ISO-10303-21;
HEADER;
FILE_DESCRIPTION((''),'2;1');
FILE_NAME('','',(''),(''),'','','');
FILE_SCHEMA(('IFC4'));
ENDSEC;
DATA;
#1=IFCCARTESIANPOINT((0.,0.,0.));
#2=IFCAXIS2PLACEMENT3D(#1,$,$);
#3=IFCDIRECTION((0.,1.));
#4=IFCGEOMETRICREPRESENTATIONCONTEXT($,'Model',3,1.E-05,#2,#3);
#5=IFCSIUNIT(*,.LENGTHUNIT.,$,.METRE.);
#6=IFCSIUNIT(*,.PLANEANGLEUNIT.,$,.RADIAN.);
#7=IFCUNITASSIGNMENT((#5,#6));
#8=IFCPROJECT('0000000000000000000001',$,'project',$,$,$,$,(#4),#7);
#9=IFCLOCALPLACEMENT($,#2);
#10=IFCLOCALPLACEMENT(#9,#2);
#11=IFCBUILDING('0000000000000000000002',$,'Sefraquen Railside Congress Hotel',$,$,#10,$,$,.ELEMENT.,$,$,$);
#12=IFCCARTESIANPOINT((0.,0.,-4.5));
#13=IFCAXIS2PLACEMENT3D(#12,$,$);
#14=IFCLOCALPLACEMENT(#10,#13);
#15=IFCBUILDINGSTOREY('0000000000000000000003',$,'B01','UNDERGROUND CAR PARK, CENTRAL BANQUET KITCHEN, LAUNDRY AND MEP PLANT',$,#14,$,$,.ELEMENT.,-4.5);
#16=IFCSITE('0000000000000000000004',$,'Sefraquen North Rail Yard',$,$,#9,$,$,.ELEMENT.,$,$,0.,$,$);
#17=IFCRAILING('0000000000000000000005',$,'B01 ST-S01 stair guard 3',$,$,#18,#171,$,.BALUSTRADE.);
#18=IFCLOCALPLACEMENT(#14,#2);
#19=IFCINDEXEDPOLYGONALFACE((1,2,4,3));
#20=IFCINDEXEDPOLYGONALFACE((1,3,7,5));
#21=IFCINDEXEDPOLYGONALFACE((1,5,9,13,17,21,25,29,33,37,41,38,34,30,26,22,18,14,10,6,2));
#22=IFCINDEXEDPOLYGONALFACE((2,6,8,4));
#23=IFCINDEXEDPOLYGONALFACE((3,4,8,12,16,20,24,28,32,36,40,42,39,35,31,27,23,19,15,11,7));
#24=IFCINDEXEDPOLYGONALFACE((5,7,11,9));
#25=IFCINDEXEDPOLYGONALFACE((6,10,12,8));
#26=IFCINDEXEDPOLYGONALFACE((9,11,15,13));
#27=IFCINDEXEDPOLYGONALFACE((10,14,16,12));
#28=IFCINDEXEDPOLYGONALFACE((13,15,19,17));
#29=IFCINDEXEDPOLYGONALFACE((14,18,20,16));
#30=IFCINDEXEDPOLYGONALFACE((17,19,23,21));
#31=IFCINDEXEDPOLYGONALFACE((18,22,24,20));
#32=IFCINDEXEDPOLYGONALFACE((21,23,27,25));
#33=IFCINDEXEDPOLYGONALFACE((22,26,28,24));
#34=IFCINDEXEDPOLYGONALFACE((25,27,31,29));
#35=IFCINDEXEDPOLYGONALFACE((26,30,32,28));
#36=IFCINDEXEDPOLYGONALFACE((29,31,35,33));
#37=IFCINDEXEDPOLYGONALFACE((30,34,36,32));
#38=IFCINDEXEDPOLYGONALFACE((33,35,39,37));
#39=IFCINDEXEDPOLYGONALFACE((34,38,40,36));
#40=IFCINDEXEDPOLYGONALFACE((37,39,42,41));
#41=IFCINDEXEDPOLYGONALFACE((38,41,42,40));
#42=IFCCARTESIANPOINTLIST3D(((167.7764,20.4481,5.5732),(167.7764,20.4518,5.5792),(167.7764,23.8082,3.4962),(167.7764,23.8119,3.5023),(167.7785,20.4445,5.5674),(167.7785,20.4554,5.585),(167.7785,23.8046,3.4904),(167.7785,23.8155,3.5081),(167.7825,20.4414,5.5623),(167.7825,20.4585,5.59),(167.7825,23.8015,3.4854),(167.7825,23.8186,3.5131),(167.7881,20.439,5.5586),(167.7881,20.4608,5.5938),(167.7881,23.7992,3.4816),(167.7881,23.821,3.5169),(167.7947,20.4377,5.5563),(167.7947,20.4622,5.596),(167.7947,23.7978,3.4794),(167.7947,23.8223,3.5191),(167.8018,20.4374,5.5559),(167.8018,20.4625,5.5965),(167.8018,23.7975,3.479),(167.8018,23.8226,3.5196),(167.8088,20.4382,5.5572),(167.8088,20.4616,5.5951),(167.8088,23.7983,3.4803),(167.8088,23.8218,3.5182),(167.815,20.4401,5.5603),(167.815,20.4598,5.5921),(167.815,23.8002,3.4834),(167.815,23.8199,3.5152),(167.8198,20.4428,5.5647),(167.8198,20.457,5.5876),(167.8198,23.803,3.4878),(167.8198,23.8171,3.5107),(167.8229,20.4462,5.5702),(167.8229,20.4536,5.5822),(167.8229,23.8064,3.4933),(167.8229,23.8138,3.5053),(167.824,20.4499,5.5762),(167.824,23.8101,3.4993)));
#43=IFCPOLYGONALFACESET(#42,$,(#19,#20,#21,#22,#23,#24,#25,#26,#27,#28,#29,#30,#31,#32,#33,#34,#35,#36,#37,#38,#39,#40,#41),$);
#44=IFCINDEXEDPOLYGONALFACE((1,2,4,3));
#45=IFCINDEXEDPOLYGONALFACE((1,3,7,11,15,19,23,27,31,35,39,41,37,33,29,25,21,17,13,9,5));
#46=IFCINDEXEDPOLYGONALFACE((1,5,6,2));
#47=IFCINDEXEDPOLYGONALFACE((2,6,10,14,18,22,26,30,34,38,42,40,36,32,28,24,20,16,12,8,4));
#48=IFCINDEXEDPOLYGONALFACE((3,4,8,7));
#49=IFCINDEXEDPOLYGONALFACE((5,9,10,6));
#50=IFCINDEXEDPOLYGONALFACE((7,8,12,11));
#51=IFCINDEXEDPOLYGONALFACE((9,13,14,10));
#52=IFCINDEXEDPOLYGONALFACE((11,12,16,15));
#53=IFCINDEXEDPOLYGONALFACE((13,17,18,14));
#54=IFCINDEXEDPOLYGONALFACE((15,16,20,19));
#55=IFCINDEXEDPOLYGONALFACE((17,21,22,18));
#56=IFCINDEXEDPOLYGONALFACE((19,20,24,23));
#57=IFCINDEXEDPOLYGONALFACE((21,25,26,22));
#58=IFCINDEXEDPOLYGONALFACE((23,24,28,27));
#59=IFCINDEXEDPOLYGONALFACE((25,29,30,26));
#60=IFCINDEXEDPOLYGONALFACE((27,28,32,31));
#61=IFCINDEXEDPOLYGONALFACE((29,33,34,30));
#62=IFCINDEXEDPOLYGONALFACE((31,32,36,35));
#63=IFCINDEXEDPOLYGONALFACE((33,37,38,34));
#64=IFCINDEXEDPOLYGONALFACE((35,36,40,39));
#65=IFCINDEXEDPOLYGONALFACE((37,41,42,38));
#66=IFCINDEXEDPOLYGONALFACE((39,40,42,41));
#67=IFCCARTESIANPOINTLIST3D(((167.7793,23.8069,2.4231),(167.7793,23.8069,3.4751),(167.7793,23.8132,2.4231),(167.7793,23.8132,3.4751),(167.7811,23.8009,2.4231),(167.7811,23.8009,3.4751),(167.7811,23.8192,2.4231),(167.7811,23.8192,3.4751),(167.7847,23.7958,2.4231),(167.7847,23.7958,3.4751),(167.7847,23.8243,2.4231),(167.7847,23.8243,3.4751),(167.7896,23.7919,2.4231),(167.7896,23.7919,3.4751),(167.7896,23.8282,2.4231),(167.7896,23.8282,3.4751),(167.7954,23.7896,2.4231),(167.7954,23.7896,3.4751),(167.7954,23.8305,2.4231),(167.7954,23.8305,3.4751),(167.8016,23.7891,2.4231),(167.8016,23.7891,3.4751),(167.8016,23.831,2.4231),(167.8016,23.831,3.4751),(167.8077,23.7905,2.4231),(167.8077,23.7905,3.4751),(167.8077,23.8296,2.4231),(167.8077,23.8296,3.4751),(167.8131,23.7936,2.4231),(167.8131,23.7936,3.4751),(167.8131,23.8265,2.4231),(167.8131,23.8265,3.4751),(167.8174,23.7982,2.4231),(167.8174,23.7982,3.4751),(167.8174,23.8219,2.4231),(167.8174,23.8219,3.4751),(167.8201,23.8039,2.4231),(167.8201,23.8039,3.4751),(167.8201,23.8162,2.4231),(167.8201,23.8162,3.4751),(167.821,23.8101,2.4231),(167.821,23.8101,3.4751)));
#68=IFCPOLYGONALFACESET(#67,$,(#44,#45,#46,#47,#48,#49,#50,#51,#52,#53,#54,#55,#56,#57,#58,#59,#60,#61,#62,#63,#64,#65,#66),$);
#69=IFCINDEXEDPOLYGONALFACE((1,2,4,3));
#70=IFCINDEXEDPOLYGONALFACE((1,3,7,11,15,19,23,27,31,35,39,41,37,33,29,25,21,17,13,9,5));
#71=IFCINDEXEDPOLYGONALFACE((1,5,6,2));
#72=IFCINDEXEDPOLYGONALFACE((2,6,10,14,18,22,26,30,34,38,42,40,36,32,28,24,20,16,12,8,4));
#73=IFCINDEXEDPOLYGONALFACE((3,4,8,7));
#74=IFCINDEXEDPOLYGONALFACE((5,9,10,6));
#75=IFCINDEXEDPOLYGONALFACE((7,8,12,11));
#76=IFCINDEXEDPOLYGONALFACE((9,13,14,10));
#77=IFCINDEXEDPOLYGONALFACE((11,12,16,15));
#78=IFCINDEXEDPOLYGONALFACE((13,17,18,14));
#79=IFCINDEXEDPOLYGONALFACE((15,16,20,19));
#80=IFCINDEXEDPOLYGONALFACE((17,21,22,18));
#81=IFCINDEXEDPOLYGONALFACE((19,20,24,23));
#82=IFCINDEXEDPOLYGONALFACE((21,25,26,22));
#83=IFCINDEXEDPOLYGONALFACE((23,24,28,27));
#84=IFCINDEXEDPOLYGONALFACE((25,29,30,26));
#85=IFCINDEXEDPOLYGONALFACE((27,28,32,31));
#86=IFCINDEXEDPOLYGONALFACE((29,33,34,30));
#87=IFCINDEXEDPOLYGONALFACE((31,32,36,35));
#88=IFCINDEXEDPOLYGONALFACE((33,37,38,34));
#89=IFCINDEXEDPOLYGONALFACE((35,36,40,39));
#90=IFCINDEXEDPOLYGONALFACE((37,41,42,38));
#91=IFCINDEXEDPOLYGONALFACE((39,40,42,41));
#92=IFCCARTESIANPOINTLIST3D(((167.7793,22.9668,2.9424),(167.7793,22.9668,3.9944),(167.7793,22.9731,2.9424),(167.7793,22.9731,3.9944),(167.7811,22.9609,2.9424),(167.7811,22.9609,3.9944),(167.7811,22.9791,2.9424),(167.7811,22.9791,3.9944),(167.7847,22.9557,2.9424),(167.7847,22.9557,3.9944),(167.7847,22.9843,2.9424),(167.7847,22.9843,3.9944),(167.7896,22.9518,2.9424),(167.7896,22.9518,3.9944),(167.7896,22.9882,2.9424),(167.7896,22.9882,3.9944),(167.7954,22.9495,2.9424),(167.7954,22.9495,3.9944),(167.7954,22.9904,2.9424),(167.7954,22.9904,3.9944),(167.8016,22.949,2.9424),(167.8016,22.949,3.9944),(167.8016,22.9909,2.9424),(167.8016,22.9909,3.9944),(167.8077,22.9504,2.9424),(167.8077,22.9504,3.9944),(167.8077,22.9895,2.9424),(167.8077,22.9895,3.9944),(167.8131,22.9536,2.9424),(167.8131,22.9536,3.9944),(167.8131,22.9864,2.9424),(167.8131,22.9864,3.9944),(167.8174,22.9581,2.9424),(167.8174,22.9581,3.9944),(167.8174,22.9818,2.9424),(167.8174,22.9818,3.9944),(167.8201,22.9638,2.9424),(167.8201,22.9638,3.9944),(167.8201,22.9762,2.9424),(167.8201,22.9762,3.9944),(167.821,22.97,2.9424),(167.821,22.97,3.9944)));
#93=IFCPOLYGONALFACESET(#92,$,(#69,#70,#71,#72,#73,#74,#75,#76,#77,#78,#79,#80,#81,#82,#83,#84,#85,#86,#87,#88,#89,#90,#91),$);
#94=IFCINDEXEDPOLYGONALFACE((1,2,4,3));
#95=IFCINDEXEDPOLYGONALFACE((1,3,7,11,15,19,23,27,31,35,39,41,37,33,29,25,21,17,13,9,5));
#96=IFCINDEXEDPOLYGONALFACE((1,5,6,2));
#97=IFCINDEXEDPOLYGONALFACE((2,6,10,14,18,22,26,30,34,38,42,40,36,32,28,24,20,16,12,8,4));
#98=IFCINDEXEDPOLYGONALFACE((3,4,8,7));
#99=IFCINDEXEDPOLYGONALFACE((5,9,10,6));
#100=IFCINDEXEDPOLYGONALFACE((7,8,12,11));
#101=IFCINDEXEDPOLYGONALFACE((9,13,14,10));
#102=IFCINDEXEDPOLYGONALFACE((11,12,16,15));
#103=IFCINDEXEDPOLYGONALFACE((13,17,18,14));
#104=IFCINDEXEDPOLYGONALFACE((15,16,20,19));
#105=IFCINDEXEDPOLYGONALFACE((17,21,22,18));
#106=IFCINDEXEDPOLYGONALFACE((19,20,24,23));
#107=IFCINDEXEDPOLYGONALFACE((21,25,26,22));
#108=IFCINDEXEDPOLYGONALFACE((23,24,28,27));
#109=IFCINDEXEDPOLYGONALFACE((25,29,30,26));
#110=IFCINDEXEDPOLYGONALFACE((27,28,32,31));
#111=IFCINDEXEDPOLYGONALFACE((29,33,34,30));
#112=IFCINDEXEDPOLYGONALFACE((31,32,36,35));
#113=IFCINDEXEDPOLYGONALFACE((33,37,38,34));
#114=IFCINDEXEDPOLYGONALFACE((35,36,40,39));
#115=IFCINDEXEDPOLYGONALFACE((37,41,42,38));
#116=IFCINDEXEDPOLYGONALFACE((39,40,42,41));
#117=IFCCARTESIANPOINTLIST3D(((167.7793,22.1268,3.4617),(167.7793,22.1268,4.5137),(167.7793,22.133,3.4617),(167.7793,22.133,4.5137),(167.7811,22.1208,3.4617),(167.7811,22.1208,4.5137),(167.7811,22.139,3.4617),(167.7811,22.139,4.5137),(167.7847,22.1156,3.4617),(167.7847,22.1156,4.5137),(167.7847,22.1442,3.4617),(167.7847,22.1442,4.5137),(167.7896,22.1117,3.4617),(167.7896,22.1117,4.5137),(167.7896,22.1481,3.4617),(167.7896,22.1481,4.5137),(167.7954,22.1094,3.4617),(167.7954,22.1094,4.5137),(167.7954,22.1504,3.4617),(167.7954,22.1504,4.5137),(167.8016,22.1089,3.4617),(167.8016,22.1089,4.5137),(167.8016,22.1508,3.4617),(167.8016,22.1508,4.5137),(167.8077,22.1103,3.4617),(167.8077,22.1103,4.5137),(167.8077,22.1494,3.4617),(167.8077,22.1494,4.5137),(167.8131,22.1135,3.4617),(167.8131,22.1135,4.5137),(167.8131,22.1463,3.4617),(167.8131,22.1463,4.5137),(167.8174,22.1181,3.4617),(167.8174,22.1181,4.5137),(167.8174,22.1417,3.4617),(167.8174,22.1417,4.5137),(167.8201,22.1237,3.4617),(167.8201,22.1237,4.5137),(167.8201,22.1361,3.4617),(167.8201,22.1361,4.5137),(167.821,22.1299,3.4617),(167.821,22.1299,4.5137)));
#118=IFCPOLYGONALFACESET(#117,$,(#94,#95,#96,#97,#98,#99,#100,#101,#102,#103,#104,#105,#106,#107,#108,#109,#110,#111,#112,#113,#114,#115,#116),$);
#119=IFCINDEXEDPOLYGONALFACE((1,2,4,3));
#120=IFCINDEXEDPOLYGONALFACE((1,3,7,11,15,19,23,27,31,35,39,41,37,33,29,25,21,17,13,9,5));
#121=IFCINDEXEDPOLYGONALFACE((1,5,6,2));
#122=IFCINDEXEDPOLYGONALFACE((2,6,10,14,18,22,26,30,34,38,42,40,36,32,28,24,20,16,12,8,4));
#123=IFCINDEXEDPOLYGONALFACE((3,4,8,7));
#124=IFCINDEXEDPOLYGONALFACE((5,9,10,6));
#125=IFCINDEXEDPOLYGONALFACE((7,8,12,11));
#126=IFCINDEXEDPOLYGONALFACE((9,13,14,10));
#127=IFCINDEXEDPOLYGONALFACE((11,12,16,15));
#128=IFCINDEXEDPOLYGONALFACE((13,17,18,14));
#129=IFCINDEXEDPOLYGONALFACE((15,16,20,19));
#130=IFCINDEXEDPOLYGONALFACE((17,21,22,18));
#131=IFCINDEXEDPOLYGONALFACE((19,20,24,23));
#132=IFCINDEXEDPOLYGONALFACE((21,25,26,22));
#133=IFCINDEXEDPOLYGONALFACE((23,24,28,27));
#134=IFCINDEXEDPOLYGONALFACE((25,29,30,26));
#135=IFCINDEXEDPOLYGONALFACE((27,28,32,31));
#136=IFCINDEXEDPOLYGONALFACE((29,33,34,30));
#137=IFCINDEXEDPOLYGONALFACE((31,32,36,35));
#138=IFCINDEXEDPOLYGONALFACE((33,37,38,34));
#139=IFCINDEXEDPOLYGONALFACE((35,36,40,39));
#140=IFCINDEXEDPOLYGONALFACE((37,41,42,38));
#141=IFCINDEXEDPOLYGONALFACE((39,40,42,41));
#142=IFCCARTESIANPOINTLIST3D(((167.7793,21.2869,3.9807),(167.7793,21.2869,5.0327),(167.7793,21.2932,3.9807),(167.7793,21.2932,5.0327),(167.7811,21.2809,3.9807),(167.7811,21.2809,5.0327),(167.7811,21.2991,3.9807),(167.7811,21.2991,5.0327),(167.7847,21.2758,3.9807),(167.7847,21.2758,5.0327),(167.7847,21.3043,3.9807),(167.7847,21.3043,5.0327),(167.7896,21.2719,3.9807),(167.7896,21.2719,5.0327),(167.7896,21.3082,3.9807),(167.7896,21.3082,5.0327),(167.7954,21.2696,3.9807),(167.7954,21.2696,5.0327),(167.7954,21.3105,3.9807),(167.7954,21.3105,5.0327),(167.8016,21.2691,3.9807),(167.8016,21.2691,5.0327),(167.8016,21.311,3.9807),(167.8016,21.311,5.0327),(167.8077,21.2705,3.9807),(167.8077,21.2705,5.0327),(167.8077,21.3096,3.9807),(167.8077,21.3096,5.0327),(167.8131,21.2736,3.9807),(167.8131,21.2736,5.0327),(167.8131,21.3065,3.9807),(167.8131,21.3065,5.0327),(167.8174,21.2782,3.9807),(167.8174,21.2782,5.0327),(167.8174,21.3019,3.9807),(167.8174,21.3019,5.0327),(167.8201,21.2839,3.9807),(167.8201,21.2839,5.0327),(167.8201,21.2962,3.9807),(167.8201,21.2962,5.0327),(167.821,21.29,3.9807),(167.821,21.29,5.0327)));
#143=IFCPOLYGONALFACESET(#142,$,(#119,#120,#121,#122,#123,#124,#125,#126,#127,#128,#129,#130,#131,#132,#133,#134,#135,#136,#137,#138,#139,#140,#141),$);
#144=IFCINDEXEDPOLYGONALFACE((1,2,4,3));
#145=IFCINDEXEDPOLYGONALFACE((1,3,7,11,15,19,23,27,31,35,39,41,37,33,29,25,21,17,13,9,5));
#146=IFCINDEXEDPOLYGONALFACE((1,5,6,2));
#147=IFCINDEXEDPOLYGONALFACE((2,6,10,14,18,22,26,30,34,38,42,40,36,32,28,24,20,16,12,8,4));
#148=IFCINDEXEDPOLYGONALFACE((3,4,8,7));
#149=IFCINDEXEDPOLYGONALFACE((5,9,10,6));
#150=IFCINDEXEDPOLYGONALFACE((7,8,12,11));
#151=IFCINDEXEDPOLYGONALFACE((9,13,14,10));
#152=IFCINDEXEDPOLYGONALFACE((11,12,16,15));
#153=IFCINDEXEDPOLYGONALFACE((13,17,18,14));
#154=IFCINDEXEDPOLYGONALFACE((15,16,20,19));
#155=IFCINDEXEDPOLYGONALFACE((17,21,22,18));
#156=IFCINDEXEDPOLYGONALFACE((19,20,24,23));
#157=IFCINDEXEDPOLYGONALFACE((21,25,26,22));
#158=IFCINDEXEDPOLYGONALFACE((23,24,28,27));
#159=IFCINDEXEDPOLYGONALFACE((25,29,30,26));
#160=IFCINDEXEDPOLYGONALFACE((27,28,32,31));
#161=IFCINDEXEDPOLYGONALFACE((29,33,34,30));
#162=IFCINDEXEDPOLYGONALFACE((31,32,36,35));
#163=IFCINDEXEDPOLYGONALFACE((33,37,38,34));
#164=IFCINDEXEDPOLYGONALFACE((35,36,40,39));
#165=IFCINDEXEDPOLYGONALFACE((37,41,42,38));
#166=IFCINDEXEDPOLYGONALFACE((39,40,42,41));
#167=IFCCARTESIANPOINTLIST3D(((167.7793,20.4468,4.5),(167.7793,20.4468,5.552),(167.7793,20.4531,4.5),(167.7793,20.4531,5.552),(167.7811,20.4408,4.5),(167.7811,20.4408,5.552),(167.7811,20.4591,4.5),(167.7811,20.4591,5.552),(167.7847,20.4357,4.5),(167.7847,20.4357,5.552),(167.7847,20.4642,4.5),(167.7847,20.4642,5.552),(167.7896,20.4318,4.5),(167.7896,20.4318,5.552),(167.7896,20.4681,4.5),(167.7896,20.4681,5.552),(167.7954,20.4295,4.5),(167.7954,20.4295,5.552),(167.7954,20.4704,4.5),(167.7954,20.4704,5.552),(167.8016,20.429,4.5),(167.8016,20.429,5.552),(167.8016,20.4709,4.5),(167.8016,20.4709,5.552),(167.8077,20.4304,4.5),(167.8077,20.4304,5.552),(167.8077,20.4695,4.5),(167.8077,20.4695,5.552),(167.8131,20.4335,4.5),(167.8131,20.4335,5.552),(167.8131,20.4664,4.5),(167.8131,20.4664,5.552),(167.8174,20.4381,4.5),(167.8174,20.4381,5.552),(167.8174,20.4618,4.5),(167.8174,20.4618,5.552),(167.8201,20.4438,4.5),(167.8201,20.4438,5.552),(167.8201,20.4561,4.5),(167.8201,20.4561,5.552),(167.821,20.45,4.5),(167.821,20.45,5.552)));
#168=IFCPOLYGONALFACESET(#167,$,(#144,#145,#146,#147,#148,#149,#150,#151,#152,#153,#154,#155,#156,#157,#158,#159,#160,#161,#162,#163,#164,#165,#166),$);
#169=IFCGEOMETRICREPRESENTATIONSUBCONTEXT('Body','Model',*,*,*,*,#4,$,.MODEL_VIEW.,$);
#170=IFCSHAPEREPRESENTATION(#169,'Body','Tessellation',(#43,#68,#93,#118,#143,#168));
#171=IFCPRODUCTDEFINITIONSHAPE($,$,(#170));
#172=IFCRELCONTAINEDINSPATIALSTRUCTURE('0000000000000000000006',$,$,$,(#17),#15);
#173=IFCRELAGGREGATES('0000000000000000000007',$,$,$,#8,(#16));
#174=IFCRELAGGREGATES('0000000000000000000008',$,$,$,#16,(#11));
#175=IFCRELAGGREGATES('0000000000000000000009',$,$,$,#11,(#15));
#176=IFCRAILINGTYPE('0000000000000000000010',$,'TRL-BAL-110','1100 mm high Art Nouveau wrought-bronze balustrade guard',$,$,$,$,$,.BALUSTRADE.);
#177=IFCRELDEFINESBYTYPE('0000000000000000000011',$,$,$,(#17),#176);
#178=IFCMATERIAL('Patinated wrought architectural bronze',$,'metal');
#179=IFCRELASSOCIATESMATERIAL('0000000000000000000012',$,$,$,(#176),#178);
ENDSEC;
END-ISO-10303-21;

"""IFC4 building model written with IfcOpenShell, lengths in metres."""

from ifc_helpers import new_model, si_unit, direction, frame, origin, origin_2d, place, context, subcontext, project, spatial, circle, extrude, material, type_object, element, save


model = new_model("IFC4")

# Units and contexts
model_context = context("Model", 3, precision=1e-05, world=origin(), true_north=direction((0.0, 1.0)))
body_context = subcontext(model_context, "Body", "Model", "MODEL_VIEW")
ifc_project = project(units=[si_unit("LENGTHUNIT", "METRE"), si_unit("PLANEANGLEUNIT", "RADIAN")], contexts=[model_context])

# Site, building, storey
site_placement = place(None, origin())
site = spatial("IfcSite", under=ifc_project, at=site_placement, Name="Sefraquen North Rail Yard", CompositionType="ELEMENT", RefElevation=0.0)
building_placement = place(site_placement, origin())
building = spatial("IfcBuilding", under=site, at=building_placement, Name="Sefraquen Railside Congress Hotel", CompositionType="ELEMENT")
storey_placement = place(building_placement, frame((0.0, 0.0, -4.5)))
storey = spatial("IfcBuildingStorey", under=building, at=storey_placement, Name="B01", Description="UNDERGROUND CAR PARK, CENTRAL BANQUET KITCHEN, LAUNDRY AND MEP PLANT", CompositionType="ELEMENT", Elevation=-4.5)

# Railing
ifc_material_1 = material(Name="Patinated wrought architectural bronze", Category="metal")
railing_type_1 = type_object("IfcRailingType", Name="TRL-BAL-110", Description="1100 mm high Art Nouveau wrought-bronze balustrade guard", PredefinedType="BALUSTRADE", material=ifc_material_1)
railing_1_placement = place(storey_placement, frame((167.8, 23.8101, 2.4231)))
element("IfcRailing", 1, at=railing_1_placement, inside=storey, type_object=railing_type_1, Name="B01 ST-S01 stair guard 3", PredefinedType="BALUSTRADE", context=body_context, shape_type="SweptSolid", body=[
    extrude(circle(Radius=0.0239, at=origin_2d()), frame((0.0, 0.0, 1.0762), z_axis=(0.0, -0.850623, 0.525776), x_axis=(1.0, 0.0, 0.0)), (0.0, 0.0, 1.0), 3.9502),
    extrude(circle(Radius=0.021, at=origin_2d()), origin(), (0.0, 0.0, 1.0), 1.052),
    extrude(circle(Radius=0.021, at=origin_2d()), frame((0.0, -0.8401, 0.5193)), (0.0, 0.0, 1.0), 1.052),
    extrude(circle(Radius=0.021, at=origin_2d()), frame((0.0, -1.6802, 1.0386)), (0.0, 0.0, 1.0), 1.052),
    extrude(circle(Radius=0.021, at=origin_2d()), frame((0.0, -2.52, 1.5576)), (0.0, 0.0, 1.0), 1.052),
    extrude(circle(Radius=0.021, at=origin_2d()), frame((0.0, -3.3601, 2.0769)), (0.0, 0.0, 1.0), 1.052),
])

save(model, "model.ifc")
